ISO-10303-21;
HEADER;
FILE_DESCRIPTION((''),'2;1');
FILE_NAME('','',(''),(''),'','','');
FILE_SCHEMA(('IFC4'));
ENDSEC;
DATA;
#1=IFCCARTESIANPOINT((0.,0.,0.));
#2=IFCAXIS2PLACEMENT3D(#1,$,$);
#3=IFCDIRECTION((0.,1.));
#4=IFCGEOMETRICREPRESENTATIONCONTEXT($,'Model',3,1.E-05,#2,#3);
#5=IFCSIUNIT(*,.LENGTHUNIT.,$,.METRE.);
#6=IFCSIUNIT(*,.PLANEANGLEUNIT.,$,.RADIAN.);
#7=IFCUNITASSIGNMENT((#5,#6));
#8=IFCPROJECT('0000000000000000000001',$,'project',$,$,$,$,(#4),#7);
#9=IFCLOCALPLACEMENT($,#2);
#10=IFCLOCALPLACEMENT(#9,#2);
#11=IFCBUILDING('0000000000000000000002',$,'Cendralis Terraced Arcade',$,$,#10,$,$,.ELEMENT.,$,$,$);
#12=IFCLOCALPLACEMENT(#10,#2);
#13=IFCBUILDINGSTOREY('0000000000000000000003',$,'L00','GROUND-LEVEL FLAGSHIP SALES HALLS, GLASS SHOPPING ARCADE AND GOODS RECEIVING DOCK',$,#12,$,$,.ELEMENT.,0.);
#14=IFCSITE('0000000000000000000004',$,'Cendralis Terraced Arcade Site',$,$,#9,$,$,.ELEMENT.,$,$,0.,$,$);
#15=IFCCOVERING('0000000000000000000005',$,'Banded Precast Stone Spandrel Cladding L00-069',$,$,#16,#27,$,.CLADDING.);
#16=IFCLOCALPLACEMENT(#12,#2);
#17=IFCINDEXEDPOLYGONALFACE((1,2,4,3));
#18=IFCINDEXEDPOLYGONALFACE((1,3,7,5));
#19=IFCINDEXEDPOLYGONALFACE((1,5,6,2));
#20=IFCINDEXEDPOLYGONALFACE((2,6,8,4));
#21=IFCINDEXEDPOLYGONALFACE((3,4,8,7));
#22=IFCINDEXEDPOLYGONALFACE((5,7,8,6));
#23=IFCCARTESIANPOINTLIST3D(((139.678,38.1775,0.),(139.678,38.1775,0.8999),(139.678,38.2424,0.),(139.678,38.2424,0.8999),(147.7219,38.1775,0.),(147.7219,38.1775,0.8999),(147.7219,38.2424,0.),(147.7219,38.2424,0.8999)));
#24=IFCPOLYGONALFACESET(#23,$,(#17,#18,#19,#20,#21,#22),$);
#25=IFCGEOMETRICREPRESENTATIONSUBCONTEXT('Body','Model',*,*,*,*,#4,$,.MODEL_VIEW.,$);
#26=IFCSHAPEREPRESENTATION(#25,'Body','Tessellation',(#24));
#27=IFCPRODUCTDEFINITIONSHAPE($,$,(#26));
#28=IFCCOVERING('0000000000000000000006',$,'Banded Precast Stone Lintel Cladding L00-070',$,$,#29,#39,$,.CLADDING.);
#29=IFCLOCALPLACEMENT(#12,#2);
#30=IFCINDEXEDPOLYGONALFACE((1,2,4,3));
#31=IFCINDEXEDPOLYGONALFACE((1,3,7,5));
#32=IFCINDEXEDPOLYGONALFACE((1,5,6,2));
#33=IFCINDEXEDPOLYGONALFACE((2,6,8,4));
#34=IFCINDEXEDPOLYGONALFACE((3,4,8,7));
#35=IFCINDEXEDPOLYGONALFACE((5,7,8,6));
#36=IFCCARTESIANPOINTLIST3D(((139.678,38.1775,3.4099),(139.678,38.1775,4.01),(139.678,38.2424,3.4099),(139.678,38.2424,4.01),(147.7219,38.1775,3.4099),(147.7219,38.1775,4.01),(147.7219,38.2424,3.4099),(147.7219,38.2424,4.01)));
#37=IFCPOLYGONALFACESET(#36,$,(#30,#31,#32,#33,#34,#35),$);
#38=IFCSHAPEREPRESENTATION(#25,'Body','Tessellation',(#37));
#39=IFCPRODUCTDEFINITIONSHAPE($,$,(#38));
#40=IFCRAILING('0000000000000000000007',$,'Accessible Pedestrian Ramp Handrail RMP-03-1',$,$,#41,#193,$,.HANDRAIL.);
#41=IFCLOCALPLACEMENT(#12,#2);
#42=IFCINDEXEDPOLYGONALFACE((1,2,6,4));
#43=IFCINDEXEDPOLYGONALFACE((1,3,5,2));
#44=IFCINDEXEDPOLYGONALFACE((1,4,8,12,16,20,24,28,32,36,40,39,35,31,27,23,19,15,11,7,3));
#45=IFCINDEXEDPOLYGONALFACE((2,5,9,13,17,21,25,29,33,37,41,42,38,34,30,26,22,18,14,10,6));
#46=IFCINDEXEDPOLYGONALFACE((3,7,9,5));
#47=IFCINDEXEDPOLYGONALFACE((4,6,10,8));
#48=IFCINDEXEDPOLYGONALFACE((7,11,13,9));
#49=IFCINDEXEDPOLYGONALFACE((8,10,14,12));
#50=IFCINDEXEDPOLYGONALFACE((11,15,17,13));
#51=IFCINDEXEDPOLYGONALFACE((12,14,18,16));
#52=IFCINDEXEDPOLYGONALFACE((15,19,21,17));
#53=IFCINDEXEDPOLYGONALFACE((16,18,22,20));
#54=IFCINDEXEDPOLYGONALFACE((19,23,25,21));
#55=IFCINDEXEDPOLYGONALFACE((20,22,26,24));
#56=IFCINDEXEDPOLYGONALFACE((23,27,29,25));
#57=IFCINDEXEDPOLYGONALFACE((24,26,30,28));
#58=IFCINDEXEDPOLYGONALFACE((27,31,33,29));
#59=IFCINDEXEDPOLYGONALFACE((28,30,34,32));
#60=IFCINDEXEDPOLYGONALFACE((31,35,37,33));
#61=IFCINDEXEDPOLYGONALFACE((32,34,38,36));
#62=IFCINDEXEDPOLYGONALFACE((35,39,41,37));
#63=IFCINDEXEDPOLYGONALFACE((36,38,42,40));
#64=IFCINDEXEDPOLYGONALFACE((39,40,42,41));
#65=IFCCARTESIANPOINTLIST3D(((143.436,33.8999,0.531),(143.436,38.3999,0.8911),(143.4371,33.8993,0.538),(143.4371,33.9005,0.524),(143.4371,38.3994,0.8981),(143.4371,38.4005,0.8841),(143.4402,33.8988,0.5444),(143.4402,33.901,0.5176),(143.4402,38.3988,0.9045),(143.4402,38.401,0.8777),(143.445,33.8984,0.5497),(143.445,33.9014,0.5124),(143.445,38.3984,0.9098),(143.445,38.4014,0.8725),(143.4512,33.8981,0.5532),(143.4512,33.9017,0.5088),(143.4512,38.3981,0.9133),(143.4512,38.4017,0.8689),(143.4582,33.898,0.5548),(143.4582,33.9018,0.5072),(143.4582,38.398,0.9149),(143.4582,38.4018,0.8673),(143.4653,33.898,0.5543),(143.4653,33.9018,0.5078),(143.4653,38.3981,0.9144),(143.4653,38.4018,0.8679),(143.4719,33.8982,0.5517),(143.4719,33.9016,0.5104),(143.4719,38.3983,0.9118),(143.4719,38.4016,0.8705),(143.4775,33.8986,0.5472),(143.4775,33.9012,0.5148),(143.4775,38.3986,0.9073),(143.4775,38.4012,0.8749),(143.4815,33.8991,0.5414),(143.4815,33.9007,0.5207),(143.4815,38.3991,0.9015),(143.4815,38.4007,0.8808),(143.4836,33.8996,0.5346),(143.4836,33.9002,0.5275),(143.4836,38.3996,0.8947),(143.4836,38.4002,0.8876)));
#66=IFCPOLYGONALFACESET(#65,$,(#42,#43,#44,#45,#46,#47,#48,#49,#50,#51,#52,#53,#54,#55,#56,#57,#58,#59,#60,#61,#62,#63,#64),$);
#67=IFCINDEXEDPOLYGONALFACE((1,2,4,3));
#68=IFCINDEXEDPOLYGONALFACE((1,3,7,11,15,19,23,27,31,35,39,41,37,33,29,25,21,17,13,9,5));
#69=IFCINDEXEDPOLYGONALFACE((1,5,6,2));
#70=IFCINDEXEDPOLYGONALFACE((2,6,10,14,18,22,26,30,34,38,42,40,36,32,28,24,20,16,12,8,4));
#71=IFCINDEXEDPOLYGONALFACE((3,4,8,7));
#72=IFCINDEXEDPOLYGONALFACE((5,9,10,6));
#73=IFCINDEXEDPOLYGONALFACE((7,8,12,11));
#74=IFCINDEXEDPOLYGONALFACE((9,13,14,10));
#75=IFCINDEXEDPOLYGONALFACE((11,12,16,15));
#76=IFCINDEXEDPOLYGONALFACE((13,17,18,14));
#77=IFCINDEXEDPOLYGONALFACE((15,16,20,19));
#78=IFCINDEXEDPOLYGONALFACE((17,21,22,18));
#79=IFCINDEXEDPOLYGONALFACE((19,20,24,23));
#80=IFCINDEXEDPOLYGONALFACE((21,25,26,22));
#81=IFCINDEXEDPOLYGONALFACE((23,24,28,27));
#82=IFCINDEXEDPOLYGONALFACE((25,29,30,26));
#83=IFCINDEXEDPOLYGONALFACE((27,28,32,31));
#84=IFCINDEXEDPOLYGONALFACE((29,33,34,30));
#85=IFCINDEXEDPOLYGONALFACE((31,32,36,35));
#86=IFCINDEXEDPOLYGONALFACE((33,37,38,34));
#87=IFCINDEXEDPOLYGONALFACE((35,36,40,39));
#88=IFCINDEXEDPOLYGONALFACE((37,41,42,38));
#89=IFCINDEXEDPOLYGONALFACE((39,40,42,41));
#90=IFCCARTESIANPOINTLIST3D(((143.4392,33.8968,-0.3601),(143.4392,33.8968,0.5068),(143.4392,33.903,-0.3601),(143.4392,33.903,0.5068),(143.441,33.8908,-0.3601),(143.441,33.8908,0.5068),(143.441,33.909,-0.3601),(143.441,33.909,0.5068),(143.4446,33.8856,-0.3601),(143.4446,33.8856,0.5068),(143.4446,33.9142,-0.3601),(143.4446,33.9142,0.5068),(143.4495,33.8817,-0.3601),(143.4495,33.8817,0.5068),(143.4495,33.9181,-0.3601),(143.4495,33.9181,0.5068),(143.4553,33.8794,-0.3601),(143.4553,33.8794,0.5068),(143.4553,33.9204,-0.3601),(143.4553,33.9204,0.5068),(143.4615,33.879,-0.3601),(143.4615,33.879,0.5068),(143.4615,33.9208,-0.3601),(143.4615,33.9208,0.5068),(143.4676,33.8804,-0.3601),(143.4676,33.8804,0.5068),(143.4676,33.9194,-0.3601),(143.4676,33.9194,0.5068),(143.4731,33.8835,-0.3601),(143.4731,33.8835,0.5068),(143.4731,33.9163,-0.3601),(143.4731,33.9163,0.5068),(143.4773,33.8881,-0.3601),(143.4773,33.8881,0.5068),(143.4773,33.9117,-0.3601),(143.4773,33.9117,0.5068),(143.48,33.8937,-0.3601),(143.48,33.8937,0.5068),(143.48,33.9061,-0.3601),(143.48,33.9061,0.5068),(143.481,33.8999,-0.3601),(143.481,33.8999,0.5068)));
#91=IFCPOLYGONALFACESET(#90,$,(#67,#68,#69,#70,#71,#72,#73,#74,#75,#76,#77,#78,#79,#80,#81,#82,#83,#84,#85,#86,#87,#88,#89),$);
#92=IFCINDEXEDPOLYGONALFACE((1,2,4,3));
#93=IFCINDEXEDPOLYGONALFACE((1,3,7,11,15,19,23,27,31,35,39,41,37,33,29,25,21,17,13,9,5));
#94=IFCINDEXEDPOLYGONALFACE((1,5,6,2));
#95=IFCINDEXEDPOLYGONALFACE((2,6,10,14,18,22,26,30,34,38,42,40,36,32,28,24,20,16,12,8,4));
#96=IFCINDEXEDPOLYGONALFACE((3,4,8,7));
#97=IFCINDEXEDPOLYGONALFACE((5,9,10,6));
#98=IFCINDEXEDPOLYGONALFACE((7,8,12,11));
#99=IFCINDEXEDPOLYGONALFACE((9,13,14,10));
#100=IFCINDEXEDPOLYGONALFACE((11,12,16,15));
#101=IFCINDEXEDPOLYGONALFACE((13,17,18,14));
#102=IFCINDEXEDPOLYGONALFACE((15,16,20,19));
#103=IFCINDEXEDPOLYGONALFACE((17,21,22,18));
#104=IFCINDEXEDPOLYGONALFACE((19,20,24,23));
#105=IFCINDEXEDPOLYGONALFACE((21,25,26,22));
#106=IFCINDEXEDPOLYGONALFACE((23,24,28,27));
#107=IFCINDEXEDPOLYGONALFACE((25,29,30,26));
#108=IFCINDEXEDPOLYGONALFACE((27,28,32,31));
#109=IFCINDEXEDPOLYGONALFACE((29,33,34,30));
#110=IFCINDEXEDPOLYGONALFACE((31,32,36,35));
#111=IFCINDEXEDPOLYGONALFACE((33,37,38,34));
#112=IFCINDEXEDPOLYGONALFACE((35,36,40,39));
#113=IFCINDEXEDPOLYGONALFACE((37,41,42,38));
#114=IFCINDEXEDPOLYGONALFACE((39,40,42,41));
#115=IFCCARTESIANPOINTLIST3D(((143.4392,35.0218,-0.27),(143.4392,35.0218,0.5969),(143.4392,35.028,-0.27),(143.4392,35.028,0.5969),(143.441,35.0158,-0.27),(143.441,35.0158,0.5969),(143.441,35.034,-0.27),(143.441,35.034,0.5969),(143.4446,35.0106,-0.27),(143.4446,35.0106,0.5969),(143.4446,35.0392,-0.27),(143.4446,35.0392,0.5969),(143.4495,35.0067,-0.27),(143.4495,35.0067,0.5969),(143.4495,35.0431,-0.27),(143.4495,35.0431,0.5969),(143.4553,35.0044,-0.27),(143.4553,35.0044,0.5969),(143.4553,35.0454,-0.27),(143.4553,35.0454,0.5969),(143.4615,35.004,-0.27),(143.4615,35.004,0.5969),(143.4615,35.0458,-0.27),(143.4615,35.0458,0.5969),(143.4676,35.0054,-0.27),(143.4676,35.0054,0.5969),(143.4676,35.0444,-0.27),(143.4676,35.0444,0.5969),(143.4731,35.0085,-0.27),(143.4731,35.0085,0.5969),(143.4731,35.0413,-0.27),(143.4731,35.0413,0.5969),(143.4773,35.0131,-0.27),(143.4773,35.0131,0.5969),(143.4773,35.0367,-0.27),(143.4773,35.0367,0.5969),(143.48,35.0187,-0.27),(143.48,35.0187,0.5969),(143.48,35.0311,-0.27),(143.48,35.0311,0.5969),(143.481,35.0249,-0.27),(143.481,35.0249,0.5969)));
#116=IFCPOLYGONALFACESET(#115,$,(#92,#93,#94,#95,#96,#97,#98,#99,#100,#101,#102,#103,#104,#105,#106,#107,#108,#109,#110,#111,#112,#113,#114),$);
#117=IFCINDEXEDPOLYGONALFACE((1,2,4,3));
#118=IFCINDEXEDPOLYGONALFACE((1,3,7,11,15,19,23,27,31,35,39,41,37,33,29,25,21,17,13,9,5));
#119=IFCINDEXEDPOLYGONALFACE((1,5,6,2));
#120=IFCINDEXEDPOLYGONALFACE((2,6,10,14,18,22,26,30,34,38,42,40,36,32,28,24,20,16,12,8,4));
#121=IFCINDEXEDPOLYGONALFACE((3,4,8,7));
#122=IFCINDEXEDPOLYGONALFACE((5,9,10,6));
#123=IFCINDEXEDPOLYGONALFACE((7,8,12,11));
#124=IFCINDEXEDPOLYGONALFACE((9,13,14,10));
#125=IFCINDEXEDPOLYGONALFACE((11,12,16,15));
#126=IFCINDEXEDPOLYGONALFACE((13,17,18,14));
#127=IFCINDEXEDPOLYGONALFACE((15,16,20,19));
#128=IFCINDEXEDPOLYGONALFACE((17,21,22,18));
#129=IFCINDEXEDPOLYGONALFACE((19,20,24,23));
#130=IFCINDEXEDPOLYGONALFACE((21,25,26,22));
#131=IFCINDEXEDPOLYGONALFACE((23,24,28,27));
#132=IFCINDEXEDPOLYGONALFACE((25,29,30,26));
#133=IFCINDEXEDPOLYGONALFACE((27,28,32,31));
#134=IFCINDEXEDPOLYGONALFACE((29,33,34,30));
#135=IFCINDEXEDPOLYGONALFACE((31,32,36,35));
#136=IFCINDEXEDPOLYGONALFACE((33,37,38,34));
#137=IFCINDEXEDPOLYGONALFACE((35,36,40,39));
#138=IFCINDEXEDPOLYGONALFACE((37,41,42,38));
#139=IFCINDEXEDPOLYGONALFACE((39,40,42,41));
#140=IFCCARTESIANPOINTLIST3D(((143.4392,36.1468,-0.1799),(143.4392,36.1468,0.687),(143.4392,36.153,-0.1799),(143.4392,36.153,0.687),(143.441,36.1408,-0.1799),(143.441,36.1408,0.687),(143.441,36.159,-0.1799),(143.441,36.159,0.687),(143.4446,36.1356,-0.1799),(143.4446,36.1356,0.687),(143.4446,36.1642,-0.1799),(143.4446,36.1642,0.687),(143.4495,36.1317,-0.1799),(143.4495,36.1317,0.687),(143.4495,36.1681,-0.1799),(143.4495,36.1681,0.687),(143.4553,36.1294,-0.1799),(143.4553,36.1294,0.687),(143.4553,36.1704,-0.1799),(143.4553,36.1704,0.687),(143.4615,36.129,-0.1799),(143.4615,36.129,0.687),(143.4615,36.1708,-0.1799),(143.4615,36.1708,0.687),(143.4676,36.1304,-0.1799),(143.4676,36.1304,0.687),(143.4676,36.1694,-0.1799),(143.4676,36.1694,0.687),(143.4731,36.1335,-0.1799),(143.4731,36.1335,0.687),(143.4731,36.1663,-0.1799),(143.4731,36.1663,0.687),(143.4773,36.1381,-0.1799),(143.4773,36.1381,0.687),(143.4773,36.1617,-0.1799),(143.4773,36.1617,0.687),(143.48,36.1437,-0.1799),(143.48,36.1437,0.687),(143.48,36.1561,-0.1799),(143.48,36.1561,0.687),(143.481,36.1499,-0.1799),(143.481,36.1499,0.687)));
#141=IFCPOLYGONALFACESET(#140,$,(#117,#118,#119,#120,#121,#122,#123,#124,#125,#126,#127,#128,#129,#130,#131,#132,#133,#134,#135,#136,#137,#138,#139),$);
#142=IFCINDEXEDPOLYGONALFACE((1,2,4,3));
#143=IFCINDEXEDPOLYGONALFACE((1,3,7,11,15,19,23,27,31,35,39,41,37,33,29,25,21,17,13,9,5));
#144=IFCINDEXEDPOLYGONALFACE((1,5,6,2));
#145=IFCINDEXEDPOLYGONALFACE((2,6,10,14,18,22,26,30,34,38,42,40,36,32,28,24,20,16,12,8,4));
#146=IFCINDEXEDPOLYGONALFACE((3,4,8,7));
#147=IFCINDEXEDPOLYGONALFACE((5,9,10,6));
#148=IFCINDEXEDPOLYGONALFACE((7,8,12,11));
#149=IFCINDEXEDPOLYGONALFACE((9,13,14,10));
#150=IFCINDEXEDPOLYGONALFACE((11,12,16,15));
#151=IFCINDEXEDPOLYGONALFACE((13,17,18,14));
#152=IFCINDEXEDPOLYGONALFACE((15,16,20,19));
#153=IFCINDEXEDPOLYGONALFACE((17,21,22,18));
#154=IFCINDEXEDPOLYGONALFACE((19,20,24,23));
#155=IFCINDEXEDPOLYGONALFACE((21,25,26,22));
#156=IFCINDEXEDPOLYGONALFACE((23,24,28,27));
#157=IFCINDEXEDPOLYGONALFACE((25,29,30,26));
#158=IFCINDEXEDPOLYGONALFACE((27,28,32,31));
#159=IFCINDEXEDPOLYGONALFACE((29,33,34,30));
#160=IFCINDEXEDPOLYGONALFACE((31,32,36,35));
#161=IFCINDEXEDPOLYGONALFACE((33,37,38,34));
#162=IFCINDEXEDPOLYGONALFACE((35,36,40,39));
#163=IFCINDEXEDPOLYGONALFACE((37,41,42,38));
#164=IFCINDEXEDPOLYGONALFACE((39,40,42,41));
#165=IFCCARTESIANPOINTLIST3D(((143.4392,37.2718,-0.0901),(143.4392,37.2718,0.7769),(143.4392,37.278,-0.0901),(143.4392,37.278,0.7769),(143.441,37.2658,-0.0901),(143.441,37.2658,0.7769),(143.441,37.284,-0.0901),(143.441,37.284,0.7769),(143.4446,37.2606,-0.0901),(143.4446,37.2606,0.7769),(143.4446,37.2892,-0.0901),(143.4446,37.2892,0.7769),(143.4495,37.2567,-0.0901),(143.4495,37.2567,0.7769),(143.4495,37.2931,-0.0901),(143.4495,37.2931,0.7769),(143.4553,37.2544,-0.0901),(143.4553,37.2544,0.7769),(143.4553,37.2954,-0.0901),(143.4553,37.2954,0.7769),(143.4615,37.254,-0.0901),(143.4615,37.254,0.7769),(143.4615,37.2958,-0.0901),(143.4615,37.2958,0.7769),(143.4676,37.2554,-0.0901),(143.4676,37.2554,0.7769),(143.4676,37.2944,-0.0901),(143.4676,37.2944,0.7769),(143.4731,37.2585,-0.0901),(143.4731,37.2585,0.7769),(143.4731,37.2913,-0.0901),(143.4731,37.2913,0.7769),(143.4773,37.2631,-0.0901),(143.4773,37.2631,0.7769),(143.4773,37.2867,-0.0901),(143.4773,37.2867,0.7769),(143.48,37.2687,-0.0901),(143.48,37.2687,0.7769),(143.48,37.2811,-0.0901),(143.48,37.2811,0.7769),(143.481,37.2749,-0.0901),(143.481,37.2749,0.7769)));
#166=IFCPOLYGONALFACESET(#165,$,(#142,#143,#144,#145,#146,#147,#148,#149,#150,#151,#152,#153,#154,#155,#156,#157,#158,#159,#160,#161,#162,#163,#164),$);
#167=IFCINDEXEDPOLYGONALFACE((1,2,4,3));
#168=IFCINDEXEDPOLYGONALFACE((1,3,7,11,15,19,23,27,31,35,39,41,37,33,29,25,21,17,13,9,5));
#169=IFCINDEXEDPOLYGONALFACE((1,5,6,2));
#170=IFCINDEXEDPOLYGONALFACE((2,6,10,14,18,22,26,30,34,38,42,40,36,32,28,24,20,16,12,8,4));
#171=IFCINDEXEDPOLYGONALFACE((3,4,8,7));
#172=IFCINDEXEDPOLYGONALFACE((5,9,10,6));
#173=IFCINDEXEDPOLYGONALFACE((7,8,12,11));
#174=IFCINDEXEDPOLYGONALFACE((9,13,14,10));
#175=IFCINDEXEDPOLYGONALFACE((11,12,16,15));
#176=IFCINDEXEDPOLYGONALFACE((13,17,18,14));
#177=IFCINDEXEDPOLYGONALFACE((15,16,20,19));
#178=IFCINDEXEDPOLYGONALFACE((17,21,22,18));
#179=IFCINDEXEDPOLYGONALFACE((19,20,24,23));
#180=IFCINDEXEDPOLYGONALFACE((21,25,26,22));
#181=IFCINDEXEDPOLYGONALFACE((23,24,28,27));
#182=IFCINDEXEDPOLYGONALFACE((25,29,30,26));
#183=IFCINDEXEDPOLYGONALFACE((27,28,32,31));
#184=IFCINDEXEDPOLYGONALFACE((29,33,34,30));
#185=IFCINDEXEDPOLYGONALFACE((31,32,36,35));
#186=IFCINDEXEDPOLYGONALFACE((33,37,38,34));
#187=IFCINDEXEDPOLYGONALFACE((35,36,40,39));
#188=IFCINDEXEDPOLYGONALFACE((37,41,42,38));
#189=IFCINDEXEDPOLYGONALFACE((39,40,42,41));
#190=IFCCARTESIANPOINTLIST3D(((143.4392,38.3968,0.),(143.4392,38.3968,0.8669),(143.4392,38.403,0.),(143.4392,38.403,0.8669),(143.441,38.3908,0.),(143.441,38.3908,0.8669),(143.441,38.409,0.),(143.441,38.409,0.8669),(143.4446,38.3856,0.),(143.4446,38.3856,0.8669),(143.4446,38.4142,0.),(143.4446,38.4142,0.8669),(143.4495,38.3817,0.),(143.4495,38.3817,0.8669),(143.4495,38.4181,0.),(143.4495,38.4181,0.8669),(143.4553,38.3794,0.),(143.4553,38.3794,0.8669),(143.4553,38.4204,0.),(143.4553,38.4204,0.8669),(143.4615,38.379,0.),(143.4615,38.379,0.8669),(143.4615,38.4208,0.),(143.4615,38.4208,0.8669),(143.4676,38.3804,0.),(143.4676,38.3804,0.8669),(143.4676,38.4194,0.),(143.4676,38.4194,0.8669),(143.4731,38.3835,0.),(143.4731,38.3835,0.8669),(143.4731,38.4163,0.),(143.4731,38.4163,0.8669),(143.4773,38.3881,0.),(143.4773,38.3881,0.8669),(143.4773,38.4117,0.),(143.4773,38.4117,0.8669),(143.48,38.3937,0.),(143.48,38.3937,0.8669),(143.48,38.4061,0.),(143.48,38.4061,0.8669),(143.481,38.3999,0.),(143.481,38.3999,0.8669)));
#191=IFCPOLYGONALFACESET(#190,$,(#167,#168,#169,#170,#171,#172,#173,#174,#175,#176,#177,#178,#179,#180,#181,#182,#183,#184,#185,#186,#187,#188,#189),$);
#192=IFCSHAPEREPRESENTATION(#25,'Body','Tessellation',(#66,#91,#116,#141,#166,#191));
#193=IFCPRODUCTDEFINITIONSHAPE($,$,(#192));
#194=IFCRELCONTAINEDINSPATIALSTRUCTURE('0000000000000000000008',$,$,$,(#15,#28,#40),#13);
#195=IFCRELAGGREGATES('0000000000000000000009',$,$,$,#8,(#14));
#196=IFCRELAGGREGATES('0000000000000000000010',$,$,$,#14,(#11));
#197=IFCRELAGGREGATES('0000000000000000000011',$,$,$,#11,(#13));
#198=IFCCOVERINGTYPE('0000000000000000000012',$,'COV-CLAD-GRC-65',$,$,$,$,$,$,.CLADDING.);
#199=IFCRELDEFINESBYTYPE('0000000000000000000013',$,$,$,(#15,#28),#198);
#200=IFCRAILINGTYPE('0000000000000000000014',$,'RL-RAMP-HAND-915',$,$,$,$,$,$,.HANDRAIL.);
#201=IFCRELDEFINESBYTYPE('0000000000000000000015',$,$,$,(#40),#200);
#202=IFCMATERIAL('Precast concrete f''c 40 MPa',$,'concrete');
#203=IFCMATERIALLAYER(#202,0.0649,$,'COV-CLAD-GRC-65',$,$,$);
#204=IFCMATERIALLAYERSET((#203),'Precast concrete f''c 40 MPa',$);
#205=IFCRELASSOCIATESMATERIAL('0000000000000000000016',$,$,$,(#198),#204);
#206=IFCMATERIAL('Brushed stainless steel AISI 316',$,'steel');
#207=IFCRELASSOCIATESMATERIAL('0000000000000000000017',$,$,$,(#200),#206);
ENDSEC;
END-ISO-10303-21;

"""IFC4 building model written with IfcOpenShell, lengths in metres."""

from ifc_helpers import new_model, si_unit, direction, frame, origin, origin_2d, place, context, subcontext, project, spatial, rectangle, circle, extrude, material, layer, layer_set, type_object, element, save


model = new_model("IFC4")

# Units and contexts
model_context = context("Model", 3, precision=1e-05, world=origin(), true_north=direction((0.0, 1.0)))
body_context = subcontext(model_context, "Body", "Model", "MODEL_VIEW")
ifc_project = project(units=[si_unit("LENGTHUNIT", "METRE"), si_unit("PLANEANGLEUNIT", "RADIAN")], contexts=[model_context])

# Site, building, storey
site_placement = place(None, origin())
site = spatial("IfcSite", under=ifc_project, at=site_placement, Name="Cendralis Terraced Arcade Site", CompositionType="ELEMENT", RefElevation=0.0)
building_placement = place(site_placement, origin())
building = spatial("IfcBuilding", under=site, at=building_placement, Name="Cendralis Terraced Arcade", CompositionType="ELEMENT")
storey_placement = place(building_placement, origin())
storey = spatial("IfcBuildingStorey", under=building, at=storey_placement, Name="L00", Description="GROUND-LEVEL FLAGSHIP SALES HALLS, GLASS SHOPPING ARCADE AND GOODS RECEIVING DOCK", CompositionType="ELEMENT", Elevation=0.0)

# Shared definitions
ifc_material_1 = material(Name="Precast concrete f'c 40 MPa", Category="concrete")

# Coverings
ifc_layer_1 = layer(ifc_material_1, 0.0649, Name="COV-CLAD-GRC-65")
ifc_layer_set_1 = layer_set([ifc_layer_1], Name="Precast concrete f'c 40 MPa")
covering_type = type_object("IfcCoveringType", Name="COV-CLAD-GRC-65", PredefinedType="CLADDING", material=ifc_layer_set_1)
covering_1_placement = place(storey_placement, frame((143.7, 38.21, 0.0), z_axis=(0.0, 0.0, 1.0), x_axis=(-1.0, 0.0, 0.0)))
element("IfcCovering", 1, at=covering_1_placement, inside=storey, type_object=covering_type, Name="Banded Precast Stone Spandrel Cladding L00-069", PredefinedType="CLADDING", context=body_context, shape_type="SweptSolid", body=[
    extrude(rectangle(XDim=8.0439, YDim=0.0649, at=origin_2d()), origin(), (0.0, 0.0, 1.0), 0.8999),
])
covering_2_placement = place(storey_placement, frame((143.7, 38.21, 3.4099), z_axis=(0.0, 0.0, 1.0), x_axis=(-1.0, 0.0, 0.0)))
element("IfcCovering", 2, at=covering_2_placement, inside=storey, type_object=covering_type, Name="Banded Precast Stone Lintel Cladding L00-070", PredefinedType="CLADDING", context=body_context, shape_type="SweptSolid", body=[
    extrude(rectangle(XDim=8.0439, YDim=0.0649, at=origin_2d()), origin(), (0.0, 0.0, 1.0), 0.6001),
])

# Railing
ifc_material_2 = material(Name="Brushed stainless steel AISI 316", Category="steel")
railing_type = type_object("IfcRailingType", Name="RL-RAMP-HAND-915", PredefinedType="HANDRAIL", material=ifc_material_2)
for number, where, name in (
    (3, (143.46, 33.8999, -0.3601), "Accessible Pedestrian Ramp Handrail RMP-03-1"),
):
    element("IfcRailing", number, at=place(storey_placement, frame(where)), inside=storey, type_object=railing_type, Name=name, PredefinedType="HANDRAIL", context=body_context, shape_type="SweptSolid", body=[
        extrude(circle(Radius=0.0239, at=origin_2d()), frame((0.0, 0.0, 0.8911), z_axis=(0.0, 0.996813, 0.079769), x_axis=(-1.0, 0.0, 0.0)), (0.0, 0.0, 1.0), 4.5144),
        extrude(circle(Radius=0.021, at=origin_2d()), origin(), (0.0, 0.0, 1.0), 0.8669),
        extrude(circle(Radius=0.021, at=origin_2d()), frame((0.0, 1.125, 0.0901)), (0.0, 0.0, 1.0), 0.8669),
        extrude(circle(Radius=0.021, at=origin_2d()), frame((0.0, 2.25, 0.1802)), (0.0, 0.0, 1.0), 0.8669),
        extrude(circle(Radius=0.021, at=origin_2d()), frame((0.0, 3.375, 0.27)), (0.0, 0.0, 1.0), 0.8669),
        extrude(circle(Radius=0.021, at=origin_2d()), frame((0.0, 4.5, 0.3601)), (0.0, 0.0, 1.0), 0.8669),
    ])

save(model, "model.ifc")
